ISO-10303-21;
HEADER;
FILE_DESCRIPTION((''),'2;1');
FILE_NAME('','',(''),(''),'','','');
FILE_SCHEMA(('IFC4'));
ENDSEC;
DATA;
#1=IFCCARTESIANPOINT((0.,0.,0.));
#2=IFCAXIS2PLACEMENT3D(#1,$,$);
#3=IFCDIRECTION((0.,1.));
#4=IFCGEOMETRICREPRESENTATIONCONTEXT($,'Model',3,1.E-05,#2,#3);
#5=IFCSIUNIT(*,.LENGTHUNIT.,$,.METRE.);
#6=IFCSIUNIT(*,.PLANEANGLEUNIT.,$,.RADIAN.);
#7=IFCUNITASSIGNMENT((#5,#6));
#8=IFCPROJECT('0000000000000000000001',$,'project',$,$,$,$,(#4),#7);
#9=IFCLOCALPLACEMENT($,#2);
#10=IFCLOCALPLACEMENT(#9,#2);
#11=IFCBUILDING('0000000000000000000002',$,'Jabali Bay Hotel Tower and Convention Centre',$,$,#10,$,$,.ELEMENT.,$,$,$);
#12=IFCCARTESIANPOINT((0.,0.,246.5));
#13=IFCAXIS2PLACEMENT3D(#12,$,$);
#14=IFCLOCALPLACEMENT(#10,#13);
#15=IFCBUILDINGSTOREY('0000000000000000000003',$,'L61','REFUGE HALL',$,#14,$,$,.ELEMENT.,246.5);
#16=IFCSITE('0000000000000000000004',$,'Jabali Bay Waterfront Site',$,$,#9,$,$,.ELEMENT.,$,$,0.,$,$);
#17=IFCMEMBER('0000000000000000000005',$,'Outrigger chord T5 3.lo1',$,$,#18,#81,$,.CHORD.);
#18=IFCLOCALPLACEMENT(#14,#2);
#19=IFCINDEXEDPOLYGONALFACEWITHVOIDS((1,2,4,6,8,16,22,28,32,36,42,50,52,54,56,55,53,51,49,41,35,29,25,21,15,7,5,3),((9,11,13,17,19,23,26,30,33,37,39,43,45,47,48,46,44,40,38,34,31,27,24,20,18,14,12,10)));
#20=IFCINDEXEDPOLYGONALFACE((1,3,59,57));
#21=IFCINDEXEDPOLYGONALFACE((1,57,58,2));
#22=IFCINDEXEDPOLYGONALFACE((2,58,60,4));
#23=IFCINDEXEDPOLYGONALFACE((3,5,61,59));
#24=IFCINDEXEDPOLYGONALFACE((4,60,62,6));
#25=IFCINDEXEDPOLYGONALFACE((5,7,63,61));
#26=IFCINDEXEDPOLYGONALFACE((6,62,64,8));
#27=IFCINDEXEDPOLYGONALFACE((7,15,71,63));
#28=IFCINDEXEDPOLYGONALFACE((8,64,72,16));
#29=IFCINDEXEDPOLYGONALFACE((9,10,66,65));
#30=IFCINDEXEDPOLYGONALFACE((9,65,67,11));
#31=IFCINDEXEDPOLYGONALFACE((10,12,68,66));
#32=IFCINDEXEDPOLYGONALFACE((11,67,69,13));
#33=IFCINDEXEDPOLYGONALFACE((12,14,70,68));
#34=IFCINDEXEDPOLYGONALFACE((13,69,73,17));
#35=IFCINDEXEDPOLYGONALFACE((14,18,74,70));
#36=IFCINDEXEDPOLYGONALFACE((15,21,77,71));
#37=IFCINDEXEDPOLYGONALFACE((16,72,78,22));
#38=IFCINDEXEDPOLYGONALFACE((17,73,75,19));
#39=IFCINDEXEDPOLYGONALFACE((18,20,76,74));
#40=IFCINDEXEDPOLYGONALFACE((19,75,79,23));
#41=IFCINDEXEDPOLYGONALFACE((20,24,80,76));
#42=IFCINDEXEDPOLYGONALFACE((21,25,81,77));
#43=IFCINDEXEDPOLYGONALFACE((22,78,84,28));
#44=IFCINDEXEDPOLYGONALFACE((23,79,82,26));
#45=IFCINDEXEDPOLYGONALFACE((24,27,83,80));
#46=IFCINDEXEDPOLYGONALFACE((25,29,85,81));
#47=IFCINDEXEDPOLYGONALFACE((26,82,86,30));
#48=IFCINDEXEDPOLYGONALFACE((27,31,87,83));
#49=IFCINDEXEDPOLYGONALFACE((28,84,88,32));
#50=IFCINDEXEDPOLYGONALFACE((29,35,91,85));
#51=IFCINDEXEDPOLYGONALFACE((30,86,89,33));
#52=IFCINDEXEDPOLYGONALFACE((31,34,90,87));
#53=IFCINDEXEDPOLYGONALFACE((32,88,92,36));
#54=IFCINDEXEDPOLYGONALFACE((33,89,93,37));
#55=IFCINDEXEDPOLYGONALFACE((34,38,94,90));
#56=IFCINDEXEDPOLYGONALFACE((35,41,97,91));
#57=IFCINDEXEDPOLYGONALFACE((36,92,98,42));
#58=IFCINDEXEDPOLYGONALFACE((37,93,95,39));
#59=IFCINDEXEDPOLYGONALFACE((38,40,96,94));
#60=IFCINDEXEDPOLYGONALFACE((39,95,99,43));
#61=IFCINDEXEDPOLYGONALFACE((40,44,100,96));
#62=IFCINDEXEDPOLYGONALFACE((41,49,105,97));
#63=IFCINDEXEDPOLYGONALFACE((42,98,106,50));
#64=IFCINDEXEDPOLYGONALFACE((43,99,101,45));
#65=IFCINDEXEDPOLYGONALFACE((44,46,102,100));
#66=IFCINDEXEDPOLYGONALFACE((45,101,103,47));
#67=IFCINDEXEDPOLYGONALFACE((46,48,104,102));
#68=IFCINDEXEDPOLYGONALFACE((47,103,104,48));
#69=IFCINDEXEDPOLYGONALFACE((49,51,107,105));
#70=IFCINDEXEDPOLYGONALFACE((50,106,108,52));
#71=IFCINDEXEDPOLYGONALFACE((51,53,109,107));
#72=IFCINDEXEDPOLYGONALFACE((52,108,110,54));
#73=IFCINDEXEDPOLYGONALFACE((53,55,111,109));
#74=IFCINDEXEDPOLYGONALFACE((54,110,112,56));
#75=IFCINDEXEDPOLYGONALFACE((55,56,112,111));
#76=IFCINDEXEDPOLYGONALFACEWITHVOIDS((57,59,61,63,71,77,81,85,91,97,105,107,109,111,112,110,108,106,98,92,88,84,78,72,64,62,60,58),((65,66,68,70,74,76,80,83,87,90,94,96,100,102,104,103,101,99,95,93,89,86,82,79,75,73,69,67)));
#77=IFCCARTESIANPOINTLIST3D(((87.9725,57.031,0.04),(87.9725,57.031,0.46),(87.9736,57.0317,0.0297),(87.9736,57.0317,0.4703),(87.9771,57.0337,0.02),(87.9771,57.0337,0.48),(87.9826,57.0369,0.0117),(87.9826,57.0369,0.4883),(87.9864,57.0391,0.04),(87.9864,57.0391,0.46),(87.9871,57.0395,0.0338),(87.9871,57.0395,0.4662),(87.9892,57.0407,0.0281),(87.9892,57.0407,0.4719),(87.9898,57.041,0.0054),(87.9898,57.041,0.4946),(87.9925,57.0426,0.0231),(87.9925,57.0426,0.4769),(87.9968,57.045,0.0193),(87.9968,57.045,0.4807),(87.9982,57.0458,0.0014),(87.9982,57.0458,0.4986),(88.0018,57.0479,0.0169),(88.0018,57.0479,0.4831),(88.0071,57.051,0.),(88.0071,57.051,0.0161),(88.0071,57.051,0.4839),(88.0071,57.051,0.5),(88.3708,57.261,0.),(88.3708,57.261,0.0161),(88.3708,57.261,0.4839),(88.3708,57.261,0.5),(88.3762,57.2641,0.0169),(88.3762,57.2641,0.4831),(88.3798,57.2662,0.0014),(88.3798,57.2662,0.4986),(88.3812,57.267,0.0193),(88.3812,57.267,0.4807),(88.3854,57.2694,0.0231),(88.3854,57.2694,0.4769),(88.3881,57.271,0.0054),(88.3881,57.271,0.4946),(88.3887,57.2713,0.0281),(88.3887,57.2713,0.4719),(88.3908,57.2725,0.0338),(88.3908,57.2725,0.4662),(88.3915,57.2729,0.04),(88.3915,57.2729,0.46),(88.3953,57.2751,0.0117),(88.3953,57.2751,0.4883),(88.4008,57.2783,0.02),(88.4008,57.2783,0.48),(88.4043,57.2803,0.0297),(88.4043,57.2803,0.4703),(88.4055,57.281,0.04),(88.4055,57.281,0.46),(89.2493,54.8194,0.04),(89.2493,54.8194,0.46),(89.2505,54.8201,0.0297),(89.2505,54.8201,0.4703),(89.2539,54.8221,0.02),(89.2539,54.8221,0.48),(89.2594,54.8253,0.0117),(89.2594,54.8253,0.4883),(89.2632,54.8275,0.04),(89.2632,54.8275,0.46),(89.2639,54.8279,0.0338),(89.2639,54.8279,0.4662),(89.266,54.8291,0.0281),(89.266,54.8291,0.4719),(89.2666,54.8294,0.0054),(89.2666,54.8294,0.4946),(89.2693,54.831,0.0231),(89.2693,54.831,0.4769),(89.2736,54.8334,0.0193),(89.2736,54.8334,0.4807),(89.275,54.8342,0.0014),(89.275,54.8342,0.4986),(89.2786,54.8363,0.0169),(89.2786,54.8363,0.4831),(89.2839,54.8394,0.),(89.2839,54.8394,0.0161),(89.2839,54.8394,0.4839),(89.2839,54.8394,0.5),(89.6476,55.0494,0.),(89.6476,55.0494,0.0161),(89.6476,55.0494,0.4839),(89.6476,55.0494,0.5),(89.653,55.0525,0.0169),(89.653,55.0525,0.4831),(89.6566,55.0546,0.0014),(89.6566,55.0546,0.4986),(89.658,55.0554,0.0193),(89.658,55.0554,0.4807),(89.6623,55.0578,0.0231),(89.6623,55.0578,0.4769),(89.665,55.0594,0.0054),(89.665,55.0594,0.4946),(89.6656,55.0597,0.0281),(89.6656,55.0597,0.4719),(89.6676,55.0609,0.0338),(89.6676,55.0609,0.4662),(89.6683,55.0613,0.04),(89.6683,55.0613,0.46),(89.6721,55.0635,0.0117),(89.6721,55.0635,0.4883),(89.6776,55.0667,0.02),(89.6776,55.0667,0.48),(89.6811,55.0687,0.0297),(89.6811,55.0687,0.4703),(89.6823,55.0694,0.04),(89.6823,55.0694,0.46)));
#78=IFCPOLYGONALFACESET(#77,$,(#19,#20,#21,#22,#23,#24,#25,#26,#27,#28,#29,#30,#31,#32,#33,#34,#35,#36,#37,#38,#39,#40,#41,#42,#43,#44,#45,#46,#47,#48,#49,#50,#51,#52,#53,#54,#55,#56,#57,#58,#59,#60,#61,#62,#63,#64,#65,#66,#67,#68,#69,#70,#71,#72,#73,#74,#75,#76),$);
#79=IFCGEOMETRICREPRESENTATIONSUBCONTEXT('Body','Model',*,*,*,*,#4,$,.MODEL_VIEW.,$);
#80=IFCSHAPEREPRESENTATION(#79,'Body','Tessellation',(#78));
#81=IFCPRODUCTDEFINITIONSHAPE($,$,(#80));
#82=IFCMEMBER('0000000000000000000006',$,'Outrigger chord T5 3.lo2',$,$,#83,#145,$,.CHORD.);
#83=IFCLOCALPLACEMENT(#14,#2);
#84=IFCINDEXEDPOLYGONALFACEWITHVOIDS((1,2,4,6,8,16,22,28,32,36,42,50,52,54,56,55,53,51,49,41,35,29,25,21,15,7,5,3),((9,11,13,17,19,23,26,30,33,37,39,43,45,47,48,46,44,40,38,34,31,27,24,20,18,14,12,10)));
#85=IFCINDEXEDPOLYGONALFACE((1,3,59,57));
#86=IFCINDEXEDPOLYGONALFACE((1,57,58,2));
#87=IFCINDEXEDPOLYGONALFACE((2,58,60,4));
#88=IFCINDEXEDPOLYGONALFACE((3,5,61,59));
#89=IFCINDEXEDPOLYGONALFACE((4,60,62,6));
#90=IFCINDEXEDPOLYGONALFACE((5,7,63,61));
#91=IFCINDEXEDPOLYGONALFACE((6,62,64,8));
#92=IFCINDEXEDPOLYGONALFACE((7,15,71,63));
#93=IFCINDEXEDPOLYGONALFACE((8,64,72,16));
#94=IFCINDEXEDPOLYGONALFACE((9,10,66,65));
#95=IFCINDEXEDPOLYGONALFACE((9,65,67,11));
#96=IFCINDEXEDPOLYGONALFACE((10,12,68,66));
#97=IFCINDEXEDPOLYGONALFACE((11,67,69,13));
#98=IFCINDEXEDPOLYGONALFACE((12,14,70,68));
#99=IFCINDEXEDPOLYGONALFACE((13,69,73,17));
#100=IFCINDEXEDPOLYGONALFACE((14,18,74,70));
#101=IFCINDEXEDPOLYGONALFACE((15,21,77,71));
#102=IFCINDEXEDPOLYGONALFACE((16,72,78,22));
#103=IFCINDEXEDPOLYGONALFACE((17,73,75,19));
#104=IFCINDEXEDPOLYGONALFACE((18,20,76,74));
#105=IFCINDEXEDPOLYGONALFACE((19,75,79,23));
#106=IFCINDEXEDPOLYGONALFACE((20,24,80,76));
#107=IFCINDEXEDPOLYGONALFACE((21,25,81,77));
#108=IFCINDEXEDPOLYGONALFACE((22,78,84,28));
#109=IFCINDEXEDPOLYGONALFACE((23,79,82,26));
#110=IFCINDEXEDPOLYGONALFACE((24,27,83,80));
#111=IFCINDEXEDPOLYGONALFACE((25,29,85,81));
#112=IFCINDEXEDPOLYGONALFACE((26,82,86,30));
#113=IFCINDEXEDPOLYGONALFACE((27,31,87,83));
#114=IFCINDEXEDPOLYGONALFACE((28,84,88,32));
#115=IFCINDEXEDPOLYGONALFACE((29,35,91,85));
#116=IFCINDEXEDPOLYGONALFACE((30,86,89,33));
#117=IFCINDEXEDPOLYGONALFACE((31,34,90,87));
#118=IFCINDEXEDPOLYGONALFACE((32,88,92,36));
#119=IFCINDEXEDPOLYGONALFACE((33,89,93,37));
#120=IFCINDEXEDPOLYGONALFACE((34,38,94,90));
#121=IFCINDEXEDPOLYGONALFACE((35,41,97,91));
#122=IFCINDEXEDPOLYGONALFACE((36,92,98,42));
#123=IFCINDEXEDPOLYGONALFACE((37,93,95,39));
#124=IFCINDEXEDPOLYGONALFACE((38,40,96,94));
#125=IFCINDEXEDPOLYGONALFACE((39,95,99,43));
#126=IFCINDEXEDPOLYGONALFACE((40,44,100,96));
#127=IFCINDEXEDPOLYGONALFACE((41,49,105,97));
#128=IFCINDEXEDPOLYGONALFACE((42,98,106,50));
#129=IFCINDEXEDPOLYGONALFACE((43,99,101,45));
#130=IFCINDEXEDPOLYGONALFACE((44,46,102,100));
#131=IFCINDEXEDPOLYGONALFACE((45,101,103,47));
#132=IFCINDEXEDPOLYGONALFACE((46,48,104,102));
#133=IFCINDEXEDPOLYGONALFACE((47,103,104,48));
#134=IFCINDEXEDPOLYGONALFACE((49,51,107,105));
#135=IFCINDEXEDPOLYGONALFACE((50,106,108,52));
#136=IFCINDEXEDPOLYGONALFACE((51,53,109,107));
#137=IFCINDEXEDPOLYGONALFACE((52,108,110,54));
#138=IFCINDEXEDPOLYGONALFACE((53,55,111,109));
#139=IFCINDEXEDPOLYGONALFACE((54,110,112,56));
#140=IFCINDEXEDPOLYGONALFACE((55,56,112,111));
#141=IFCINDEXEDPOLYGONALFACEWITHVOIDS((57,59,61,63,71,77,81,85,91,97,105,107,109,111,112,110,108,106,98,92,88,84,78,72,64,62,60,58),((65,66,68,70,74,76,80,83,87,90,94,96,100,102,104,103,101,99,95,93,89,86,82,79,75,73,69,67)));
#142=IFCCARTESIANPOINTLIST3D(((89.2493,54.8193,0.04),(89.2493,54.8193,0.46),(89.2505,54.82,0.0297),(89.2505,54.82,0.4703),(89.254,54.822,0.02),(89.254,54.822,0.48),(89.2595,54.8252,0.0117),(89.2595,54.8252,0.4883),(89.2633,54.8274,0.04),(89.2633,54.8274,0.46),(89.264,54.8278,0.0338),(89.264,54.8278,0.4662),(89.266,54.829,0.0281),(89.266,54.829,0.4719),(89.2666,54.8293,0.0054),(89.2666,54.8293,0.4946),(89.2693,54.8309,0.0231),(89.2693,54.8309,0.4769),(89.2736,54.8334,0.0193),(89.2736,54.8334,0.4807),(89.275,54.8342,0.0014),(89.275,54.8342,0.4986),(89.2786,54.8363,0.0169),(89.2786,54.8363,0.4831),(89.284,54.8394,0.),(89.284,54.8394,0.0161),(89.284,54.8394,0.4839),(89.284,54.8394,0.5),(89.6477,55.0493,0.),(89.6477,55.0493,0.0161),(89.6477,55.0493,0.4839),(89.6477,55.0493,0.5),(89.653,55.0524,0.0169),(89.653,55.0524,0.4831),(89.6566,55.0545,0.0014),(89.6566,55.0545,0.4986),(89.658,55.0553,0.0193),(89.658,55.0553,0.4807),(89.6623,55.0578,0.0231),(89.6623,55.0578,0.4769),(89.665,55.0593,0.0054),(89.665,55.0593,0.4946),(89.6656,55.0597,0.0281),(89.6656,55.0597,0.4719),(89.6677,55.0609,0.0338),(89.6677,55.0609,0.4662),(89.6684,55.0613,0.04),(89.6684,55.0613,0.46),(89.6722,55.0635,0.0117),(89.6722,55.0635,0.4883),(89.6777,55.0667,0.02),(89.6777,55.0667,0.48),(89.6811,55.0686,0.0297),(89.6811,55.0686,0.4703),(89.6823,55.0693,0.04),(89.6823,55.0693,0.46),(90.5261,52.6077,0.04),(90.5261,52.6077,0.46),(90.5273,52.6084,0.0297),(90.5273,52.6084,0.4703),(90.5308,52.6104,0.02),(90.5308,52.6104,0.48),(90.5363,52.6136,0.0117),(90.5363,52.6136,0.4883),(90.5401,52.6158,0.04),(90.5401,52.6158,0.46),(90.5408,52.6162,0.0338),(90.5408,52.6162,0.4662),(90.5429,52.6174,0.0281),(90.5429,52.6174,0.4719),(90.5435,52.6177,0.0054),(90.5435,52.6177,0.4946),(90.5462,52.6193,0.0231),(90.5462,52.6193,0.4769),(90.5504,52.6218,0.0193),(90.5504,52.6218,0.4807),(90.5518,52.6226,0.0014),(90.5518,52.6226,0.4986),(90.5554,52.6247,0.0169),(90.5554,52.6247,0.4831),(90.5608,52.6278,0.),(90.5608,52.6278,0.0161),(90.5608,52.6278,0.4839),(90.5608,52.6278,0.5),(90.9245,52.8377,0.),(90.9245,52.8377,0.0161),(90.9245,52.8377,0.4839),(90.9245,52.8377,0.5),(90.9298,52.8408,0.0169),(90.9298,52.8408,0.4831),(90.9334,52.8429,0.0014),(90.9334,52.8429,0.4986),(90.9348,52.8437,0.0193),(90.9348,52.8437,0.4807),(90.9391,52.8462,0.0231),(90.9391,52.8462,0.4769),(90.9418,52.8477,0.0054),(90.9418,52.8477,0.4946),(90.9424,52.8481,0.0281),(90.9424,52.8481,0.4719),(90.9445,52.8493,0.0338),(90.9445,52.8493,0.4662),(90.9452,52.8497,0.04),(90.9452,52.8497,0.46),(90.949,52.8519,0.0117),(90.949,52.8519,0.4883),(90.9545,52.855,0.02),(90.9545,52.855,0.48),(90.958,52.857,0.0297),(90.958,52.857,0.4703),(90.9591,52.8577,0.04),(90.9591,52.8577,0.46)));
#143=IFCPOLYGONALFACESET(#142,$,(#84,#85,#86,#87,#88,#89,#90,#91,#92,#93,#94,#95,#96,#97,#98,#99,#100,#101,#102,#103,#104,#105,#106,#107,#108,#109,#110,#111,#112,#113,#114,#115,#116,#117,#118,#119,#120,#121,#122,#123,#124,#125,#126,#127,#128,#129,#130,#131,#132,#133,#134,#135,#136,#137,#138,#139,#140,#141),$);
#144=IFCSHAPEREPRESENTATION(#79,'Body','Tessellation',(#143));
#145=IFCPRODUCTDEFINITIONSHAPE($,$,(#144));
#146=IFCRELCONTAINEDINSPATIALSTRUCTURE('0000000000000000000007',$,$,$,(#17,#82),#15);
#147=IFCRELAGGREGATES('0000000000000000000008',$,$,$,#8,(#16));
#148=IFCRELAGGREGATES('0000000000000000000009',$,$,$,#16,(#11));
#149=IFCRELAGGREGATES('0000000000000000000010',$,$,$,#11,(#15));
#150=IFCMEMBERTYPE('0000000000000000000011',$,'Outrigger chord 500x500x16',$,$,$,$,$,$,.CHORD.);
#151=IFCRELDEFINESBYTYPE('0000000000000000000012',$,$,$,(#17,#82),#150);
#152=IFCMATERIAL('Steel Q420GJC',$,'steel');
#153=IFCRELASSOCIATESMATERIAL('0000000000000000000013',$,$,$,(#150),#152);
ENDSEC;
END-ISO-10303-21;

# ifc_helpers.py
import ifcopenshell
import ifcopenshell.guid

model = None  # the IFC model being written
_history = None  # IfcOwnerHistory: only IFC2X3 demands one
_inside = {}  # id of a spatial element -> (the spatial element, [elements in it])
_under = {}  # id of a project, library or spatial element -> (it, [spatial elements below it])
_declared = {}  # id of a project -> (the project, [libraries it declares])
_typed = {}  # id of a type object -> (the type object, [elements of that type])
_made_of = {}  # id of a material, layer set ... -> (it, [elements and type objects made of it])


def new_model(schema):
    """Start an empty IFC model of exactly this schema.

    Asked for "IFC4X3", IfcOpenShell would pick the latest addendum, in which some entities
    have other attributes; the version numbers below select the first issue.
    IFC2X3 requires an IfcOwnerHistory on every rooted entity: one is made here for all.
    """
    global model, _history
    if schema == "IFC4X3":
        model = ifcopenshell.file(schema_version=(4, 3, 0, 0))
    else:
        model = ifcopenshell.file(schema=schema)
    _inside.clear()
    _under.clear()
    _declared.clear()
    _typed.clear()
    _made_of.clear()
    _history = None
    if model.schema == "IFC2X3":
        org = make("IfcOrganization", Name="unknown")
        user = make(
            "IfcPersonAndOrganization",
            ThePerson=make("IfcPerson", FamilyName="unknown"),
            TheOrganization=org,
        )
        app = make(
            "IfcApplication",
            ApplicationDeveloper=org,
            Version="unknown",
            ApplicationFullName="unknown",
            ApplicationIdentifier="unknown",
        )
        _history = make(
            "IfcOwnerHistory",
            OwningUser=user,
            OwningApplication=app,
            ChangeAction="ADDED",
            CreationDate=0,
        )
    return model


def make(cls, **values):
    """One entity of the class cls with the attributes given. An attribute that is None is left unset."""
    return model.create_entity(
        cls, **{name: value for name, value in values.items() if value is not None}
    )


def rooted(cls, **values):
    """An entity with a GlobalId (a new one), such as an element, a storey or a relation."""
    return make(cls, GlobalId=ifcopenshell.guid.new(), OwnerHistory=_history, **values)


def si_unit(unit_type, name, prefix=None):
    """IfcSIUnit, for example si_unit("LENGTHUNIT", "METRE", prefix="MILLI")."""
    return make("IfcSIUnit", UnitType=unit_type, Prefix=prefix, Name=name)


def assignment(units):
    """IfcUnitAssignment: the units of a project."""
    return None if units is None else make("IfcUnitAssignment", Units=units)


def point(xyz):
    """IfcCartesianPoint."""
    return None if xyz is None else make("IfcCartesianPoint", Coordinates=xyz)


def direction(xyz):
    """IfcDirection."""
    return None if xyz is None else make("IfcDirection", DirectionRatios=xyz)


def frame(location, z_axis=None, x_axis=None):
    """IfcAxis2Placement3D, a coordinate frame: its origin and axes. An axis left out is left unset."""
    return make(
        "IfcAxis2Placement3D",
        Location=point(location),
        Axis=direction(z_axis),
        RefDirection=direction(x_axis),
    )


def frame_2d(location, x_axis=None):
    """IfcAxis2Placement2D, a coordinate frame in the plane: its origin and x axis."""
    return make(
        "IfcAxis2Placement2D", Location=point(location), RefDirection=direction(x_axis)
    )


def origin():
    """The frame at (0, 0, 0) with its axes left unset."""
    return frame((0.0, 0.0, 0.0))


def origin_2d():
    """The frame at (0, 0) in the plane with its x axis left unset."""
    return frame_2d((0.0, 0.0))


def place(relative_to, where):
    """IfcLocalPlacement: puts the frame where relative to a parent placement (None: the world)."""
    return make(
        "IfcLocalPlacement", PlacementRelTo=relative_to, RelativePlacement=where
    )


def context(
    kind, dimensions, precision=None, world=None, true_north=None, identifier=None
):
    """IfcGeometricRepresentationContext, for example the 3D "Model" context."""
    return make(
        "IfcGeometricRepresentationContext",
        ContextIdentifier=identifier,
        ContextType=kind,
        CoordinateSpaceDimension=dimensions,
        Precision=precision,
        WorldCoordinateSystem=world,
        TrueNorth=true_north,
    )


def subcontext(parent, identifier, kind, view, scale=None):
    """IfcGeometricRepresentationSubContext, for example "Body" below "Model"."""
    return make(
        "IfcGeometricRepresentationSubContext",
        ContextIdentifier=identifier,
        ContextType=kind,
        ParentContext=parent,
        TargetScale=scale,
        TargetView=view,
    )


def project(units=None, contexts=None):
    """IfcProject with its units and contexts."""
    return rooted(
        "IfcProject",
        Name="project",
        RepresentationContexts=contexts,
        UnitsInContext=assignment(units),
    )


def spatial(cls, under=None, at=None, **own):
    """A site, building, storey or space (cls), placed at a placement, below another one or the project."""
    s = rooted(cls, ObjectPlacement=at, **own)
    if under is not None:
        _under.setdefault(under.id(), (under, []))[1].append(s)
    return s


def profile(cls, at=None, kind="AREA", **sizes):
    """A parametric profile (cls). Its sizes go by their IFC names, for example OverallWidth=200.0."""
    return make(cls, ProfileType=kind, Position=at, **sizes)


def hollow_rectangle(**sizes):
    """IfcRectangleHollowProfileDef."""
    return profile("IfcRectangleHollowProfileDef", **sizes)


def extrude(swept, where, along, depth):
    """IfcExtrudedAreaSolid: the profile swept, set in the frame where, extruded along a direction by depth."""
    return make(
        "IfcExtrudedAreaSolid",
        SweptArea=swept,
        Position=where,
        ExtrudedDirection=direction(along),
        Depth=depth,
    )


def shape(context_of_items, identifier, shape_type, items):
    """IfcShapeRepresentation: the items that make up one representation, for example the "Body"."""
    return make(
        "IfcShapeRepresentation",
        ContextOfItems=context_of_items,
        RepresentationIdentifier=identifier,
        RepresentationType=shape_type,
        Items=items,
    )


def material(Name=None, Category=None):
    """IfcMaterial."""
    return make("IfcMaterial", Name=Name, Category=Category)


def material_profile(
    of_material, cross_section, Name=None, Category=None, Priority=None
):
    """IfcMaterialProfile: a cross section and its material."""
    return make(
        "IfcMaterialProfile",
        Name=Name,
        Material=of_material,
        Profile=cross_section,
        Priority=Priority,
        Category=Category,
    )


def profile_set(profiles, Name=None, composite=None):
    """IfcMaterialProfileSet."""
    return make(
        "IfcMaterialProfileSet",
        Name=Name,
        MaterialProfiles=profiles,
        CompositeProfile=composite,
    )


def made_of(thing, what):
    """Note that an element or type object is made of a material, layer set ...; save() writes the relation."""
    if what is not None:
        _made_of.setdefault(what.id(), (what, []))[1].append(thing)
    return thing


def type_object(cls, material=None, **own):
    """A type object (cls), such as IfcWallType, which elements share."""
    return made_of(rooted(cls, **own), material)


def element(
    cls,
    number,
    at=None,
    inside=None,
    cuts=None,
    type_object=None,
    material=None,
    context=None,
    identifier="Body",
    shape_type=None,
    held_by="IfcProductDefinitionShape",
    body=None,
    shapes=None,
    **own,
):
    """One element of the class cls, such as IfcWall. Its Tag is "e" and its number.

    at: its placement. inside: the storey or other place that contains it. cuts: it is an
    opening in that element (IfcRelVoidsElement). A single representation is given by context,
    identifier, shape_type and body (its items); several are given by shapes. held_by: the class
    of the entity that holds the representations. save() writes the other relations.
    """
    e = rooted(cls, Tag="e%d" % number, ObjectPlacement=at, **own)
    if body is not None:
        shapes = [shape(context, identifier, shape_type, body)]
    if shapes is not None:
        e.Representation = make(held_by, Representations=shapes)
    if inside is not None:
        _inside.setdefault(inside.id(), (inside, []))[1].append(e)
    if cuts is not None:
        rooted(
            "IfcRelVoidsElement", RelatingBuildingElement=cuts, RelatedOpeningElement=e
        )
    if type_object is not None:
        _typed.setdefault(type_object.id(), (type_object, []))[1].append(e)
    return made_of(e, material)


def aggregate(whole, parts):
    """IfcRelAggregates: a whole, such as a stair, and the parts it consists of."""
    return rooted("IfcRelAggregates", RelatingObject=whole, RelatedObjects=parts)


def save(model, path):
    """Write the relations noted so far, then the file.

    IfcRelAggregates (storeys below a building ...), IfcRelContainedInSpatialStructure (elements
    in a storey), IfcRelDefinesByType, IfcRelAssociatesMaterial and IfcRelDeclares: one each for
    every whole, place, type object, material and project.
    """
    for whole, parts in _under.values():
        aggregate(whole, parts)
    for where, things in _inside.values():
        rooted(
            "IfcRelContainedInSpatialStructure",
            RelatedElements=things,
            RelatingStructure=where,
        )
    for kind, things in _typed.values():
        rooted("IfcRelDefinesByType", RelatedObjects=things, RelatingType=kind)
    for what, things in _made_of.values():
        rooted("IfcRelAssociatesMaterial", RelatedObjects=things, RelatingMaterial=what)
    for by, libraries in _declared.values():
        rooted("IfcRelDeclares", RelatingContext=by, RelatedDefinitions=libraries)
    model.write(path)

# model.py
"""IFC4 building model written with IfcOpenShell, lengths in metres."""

from ifc_helpers import new_model, si_unit, direction, frame, origin, origin_2d, place, context, subcontext, project, spatial, hollow_rectangle, extrude, material, material_profile, profile_set, type_object, element, save


model = new_model("IFC4")

# Units and contexts
model_context = context("Model", 3, precision=1e-05, world=origin(), true_north=direction((0.0, 1.0)))
body_context = subcontext(model_context, "Body", "Model", "MODEL_VIEW")
ifc_project = project(units=[si_unit("LENGTHUNIT", "METRE"), si_unit("PLANEANGLEUNIT", "RADIAN")], contexts=[model_context])

# Site, building, storey
site_placement = place(None, origin())
site = spatial("IfcSite", under=ifc_project, at=site_placement, Name="Jabali Bay Waterfront Site", CompositionType="ELEMENT", RefElevation=0.0)
building_placement = place(site_placement, origin())
building = spatial("IfcBuilding", under=site, at=building_placement, Name="Jabali Bay Hotel Tower and Convention Centre", CompositionType="ELEMENT")
storey_placement = place(building_placement, frame((0.0, 0.0, 246.5)))
storey = spatial("IfcBuildingStorey", under=building, at=storey_placement, Name="L61", Description="REFUGE HALL", CompositionType="ELEMENT", Elevation=246.5)

# Members
ifc_material_1 = material(Name="Steel Q420GJC", Category="steel")
ifc_material_profile_1 = material_profile(ifc_material_1, hollow_rectangle(XDim=0.5, YDim=0.5, WallThickness=0.0161, InnerFilletRadius=0.0239, OuterFilletRadius=0.04, at=origin_2d()), Name="Outrigger chord 500x500x16")
ifc_profile_set_1 = profile_set([ifc_material_profile_1], Name="Steel Q420GJC")
member_type_1 = type_object("IfcMemberType", Name="Outrigger chord 500x500x16", PredefinedType="CHORD", material=ifc_profile_set_1)
for number, where, z_axis, x_axis, name in (
    (1, (88.189, 57.156, 0.25), (0.499985, -0.866034, 0.0), (0.866034, 0.499985, 0.0), "Outrigger chord T5 3.lo1"),
    (2, (89.4658, 54.9443, 0.25), (0.499985, -0.866034, 0.0), (0.866034, 0.499985, 0.0), "Outrigger chord T5 3.lo2"),
):
    element("IfcMember", number, at=place(storey_placement, frame(where, z_axis=z_axis, x_axis=x_axis)), inside=storey, type_object=member_type_1, Name=name, PredefinedType="CHORD", context=body_context, shape_type="SweptSolid", body=[
        extrude(hollow_rectangle(XDim=0.5, YDim=0.5, WallThickness=0.0161, InnerFilletRadius=0.0239, OuterFilletRadius=0.04, at=origin_2d()), origin(), (0.0, 0.0, 1.0), 2.5537),
    ])

save(model, "model.ifc")
